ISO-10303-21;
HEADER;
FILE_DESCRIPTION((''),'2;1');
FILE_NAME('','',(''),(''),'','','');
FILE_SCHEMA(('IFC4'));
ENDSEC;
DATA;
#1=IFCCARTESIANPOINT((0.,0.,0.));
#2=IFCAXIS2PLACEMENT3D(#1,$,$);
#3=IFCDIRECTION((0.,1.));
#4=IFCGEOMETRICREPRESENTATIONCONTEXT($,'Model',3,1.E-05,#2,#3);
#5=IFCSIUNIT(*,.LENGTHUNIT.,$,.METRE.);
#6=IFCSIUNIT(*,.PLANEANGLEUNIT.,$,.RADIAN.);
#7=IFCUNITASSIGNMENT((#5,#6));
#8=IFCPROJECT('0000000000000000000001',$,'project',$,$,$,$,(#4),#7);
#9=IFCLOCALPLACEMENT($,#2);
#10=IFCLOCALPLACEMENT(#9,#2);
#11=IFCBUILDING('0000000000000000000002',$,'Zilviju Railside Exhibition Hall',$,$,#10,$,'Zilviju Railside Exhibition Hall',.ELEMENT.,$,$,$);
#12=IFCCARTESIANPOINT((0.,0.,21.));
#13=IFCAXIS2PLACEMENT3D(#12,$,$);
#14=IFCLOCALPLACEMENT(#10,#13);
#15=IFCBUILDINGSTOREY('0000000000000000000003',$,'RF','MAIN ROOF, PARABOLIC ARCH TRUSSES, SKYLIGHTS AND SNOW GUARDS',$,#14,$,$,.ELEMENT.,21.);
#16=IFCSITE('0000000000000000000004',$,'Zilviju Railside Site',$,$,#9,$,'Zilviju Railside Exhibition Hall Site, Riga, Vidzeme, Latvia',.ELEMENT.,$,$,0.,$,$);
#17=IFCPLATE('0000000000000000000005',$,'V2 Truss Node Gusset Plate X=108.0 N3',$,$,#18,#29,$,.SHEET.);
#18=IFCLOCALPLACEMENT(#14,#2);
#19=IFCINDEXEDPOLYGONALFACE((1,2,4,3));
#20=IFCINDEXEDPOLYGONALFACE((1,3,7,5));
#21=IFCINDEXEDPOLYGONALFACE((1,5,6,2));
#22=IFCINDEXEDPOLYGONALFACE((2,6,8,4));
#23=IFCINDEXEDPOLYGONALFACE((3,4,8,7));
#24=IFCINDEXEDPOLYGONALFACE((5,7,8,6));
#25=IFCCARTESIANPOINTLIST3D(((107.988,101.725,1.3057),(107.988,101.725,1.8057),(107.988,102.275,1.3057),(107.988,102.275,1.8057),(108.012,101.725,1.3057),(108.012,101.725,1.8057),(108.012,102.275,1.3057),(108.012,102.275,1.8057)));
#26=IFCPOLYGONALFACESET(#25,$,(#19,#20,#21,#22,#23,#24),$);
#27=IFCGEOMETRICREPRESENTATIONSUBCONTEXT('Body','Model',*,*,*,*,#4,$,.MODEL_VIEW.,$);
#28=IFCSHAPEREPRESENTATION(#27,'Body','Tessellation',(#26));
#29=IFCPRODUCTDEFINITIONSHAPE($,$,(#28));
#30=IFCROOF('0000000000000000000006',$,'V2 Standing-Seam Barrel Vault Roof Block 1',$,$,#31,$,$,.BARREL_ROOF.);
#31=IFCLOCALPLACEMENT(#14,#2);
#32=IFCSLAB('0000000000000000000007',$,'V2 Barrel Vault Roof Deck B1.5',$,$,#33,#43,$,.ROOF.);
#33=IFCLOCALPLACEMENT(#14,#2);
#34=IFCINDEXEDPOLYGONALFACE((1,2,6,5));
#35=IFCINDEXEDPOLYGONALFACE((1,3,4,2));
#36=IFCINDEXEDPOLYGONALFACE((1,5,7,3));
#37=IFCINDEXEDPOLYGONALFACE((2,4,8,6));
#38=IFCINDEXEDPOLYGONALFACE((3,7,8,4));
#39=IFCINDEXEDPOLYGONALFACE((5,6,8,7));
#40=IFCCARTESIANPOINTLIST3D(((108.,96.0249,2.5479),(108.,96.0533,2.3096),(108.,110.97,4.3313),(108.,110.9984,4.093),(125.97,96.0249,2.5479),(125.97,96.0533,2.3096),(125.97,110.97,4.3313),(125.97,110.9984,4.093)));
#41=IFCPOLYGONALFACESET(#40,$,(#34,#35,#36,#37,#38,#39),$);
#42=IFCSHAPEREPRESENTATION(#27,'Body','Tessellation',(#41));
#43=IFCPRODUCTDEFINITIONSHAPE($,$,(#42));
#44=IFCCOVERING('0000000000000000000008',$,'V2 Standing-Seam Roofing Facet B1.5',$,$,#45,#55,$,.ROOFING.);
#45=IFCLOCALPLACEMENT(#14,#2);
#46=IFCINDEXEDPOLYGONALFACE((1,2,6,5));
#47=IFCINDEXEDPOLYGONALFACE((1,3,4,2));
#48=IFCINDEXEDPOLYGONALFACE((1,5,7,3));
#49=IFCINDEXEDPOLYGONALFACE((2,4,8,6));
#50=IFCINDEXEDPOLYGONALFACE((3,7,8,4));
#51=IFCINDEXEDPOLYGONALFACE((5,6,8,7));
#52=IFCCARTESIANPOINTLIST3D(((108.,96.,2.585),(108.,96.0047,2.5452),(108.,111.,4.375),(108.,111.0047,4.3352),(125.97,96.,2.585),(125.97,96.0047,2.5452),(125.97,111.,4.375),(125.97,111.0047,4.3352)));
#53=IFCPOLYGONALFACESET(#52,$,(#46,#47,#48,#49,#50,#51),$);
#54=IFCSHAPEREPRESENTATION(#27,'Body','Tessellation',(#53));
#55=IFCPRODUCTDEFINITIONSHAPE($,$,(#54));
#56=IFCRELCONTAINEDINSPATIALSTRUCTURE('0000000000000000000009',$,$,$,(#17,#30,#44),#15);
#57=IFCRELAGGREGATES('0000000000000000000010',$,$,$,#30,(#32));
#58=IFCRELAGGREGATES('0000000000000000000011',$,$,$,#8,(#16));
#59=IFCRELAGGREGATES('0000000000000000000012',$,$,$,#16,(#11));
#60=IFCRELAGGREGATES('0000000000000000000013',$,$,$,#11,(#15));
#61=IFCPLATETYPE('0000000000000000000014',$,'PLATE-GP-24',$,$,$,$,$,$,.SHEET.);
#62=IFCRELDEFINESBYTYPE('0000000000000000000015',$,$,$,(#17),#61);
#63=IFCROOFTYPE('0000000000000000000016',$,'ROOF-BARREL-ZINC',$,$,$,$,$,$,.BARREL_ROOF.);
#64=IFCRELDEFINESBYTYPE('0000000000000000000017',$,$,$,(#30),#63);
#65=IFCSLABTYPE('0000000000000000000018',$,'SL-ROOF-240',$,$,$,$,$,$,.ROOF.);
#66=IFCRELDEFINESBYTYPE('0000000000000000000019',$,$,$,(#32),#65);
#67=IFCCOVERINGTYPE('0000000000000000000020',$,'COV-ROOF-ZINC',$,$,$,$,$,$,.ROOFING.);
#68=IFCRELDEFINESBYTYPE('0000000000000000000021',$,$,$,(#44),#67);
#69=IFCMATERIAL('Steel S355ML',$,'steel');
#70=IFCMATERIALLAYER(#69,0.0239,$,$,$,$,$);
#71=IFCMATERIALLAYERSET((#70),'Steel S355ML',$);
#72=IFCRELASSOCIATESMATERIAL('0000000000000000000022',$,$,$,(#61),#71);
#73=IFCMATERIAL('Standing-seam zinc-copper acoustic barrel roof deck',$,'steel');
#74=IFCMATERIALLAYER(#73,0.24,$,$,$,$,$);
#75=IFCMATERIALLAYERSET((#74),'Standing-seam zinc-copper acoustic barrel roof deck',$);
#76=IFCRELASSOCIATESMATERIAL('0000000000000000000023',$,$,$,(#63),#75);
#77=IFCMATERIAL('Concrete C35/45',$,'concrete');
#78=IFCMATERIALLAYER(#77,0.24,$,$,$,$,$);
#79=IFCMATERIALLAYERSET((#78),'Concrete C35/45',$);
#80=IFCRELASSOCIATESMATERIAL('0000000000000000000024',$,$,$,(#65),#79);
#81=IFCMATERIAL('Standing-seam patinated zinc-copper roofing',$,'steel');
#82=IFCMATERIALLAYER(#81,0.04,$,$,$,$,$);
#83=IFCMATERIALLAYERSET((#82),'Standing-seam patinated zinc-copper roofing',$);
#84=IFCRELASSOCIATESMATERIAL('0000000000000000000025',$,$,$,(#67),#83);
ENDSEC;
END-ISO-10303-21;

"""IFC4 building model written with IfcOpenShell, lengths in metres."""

from ifc_helpers import new_model, si_unit, direction, frame, origin, origin_2d, place, context, subcontext, project, spatial, polyline, rectangle, outline, extrude, material, layer, layer_set, type_object, element, aggregate, save


model = new_model("IFC4")

# Units and contexts
model_context = context("Model", 3, precision=1e-05, world=origin(), true_north=direction((0.0, 1.0)))
body_context = subcontext(model_context, "Body", "Model", "MODEL_VIEW")
ifc_project = project(units=[si_unit("LENGTHUNIT", "METRE"), si_unit("PLANEANGLEUNIT", "RADIAN")], contexts=[model_context])

# Site, building, storey
site_placement = place(None, origin())
site = spatial("IfcSite", under=ifc_project, at=site_placement, Name="Zilviju Railside Site", LongName="Zilviju Railside Exhibition Hall Site, Riga, Vidzeme, Latvia", CompositionType="ELEMENT", RefElevation=0.0)
building_placement = place(site_placement, origin())
building = spatial("IfcBuilding", under=site, at=building_placement, Name="Zilviju Railside Exhibition Hall", LongName="Zilviju Railside Exhibition Hall", CompositionType="ELEMENT")
storey_placement = place(building_placement, frame((0.0, 0.0, 21.0)))
storey = spatial("IfcBuildingStorey", under=building, at=storey_placement, Name="RF", Description="MAIN ROOF, PARABOLIC ARCH TRUSSES, SKYLIGHTS AND SNOW GUARDS", CompositionType="ELEMENT", Elevation=21.0)

# Plate
ifc_material_1 = material(Name="Steel S355ML", Category="steel")
ifc_layer_1 = layer(ifc_material_1, 0.0239)
ifc_layer_set_1 = layer_set([ifc_layer_1], Name="Steel S355ML")
plate_type = type_object("IfcPlateType", Name="PLATE-GP-24", PredefinedType="SHEET", material=ifc_layer_set_1)
for number, where, z_axis, x_axis, name in (
    (1, (108.0, 102.0, 1.3057), (0.0, 0.0, 1.0), (1.0, 0.0, 0.0), "V2 Truss Node Gusset Plate X=108.0 N3"),
):
    element("IfcPlate", number, at=place(storey_placement, frame(where, z_axis=z_axis, x_axis=x_axis)), inside=storey, type_object=plate_type, Name=name, PredefinedType="SHEET", context=body_context, shape_type="SweptSolid", body=[
        extrude(rectangle(XDim=0.0239, YDim=0.55, at=origin_2d()), origin(), (0.0, 0.0, 1.0), 0.5),
    ])

# Roof, slab
ifc_material_2 = material(Name="Standing-seam zinc-copper acoustic barrel roof deck", Category="steel")
ifc_layer_2 = layer(ifc_material_2, 0.24)
ifc_layer_set_2 = layer_set([ifc_layer_2], Name="Standing-seam zinc-copper acoustic barrel roof deck")
roof_type = type_object("IfcRoofType", Name="ROOF-BARREL-ZINC", PredefinedType="BARREL_ROOF", material=ifc_layer_set_2)
roof_placement = place(storey_placement, origin())
roof = element("IfcRoof", 2, at=roof_placement, inside=storey, type_object=roof_type, Name="V2 Standing-Seam Barrel Vault Roof Block 1", PredefinedType="BARREL_ROOF")
ifc_material_3 = material(Name="Concrete C35/45", Category="concrete")
ifc_layer_3 = layer(ifc_material_3, 0.24)
ifc_layer_set_3 = layer_set([ifc_layer_3], Name="Concrete C35/45")
slab_type = type_object("IfcSlabType", Name="SL-ROOF-240", PredefinedType="ROOF", material=ifc_layer_set_3)
slab_placement = place(storey_placement, frame((108.0, 96.0249, 2.5479), z_axis=(0.0, -0.118493, 0.992955), x_axis=(1.0, 0.0, 0.0)))
slab = element("IfcSlab", 3, at=slab_placement, type_object=slab_type, Name="V2 Barrel Vault Roof Deck B1.5", PredefinedType="ROOF", context=body_context, shape_type="SweptSolid", body=[
    extrude(outline(polyline([(0.0, 0.0), (17.97, 0.0), (17.97, 15.0511), (0.0, 15.0511), (0.0, 0.0)])), origin(), (0.0, 0.0, -1.0), 0.24),
])
aggregate(roof, [slab])

# Covering
ifc_material_4 = material(Name="Standing-seam patinated zinc-copper roofing", Category="steel")
ifc_layer_4 = layer(ifc_material_4, 0.04)
ifc_layer_set_4 = layer_set([ifc_layer_4], Name="Standing-seam patinated zinc-copper roofing")
covering_type = type_object("IfcCoveringType", Name="COV-ROOF-ZINC", PredefinedType="ROOFING", material=ifc_layer_set_4)
covering_placement = place(storey_placement, frame((108.0, 96.0, 2.585), z_axis=(0.0, -0.118495, 0.992955), x_axis=(1.0, 0.0, 0.0)))
element("IfcCovering", 4, at=covering_placement, inside=storey, type_object=covering_type, Name="V2 Standing-Seam Roofing Facet B1.5", PredefinedType="ROOFING", context=body_context, shape_type="SweptSolid", body=[
    extrude(outline(polyline([(0.0, 0.0), (17.97, 0.0), (17.97, 15.1064), (0.0, 15.1064), (0.0, 0.0)])), origin(), (0.0, 0.0, -1.0), 0.04),
])

save(model, "model.ifc")
